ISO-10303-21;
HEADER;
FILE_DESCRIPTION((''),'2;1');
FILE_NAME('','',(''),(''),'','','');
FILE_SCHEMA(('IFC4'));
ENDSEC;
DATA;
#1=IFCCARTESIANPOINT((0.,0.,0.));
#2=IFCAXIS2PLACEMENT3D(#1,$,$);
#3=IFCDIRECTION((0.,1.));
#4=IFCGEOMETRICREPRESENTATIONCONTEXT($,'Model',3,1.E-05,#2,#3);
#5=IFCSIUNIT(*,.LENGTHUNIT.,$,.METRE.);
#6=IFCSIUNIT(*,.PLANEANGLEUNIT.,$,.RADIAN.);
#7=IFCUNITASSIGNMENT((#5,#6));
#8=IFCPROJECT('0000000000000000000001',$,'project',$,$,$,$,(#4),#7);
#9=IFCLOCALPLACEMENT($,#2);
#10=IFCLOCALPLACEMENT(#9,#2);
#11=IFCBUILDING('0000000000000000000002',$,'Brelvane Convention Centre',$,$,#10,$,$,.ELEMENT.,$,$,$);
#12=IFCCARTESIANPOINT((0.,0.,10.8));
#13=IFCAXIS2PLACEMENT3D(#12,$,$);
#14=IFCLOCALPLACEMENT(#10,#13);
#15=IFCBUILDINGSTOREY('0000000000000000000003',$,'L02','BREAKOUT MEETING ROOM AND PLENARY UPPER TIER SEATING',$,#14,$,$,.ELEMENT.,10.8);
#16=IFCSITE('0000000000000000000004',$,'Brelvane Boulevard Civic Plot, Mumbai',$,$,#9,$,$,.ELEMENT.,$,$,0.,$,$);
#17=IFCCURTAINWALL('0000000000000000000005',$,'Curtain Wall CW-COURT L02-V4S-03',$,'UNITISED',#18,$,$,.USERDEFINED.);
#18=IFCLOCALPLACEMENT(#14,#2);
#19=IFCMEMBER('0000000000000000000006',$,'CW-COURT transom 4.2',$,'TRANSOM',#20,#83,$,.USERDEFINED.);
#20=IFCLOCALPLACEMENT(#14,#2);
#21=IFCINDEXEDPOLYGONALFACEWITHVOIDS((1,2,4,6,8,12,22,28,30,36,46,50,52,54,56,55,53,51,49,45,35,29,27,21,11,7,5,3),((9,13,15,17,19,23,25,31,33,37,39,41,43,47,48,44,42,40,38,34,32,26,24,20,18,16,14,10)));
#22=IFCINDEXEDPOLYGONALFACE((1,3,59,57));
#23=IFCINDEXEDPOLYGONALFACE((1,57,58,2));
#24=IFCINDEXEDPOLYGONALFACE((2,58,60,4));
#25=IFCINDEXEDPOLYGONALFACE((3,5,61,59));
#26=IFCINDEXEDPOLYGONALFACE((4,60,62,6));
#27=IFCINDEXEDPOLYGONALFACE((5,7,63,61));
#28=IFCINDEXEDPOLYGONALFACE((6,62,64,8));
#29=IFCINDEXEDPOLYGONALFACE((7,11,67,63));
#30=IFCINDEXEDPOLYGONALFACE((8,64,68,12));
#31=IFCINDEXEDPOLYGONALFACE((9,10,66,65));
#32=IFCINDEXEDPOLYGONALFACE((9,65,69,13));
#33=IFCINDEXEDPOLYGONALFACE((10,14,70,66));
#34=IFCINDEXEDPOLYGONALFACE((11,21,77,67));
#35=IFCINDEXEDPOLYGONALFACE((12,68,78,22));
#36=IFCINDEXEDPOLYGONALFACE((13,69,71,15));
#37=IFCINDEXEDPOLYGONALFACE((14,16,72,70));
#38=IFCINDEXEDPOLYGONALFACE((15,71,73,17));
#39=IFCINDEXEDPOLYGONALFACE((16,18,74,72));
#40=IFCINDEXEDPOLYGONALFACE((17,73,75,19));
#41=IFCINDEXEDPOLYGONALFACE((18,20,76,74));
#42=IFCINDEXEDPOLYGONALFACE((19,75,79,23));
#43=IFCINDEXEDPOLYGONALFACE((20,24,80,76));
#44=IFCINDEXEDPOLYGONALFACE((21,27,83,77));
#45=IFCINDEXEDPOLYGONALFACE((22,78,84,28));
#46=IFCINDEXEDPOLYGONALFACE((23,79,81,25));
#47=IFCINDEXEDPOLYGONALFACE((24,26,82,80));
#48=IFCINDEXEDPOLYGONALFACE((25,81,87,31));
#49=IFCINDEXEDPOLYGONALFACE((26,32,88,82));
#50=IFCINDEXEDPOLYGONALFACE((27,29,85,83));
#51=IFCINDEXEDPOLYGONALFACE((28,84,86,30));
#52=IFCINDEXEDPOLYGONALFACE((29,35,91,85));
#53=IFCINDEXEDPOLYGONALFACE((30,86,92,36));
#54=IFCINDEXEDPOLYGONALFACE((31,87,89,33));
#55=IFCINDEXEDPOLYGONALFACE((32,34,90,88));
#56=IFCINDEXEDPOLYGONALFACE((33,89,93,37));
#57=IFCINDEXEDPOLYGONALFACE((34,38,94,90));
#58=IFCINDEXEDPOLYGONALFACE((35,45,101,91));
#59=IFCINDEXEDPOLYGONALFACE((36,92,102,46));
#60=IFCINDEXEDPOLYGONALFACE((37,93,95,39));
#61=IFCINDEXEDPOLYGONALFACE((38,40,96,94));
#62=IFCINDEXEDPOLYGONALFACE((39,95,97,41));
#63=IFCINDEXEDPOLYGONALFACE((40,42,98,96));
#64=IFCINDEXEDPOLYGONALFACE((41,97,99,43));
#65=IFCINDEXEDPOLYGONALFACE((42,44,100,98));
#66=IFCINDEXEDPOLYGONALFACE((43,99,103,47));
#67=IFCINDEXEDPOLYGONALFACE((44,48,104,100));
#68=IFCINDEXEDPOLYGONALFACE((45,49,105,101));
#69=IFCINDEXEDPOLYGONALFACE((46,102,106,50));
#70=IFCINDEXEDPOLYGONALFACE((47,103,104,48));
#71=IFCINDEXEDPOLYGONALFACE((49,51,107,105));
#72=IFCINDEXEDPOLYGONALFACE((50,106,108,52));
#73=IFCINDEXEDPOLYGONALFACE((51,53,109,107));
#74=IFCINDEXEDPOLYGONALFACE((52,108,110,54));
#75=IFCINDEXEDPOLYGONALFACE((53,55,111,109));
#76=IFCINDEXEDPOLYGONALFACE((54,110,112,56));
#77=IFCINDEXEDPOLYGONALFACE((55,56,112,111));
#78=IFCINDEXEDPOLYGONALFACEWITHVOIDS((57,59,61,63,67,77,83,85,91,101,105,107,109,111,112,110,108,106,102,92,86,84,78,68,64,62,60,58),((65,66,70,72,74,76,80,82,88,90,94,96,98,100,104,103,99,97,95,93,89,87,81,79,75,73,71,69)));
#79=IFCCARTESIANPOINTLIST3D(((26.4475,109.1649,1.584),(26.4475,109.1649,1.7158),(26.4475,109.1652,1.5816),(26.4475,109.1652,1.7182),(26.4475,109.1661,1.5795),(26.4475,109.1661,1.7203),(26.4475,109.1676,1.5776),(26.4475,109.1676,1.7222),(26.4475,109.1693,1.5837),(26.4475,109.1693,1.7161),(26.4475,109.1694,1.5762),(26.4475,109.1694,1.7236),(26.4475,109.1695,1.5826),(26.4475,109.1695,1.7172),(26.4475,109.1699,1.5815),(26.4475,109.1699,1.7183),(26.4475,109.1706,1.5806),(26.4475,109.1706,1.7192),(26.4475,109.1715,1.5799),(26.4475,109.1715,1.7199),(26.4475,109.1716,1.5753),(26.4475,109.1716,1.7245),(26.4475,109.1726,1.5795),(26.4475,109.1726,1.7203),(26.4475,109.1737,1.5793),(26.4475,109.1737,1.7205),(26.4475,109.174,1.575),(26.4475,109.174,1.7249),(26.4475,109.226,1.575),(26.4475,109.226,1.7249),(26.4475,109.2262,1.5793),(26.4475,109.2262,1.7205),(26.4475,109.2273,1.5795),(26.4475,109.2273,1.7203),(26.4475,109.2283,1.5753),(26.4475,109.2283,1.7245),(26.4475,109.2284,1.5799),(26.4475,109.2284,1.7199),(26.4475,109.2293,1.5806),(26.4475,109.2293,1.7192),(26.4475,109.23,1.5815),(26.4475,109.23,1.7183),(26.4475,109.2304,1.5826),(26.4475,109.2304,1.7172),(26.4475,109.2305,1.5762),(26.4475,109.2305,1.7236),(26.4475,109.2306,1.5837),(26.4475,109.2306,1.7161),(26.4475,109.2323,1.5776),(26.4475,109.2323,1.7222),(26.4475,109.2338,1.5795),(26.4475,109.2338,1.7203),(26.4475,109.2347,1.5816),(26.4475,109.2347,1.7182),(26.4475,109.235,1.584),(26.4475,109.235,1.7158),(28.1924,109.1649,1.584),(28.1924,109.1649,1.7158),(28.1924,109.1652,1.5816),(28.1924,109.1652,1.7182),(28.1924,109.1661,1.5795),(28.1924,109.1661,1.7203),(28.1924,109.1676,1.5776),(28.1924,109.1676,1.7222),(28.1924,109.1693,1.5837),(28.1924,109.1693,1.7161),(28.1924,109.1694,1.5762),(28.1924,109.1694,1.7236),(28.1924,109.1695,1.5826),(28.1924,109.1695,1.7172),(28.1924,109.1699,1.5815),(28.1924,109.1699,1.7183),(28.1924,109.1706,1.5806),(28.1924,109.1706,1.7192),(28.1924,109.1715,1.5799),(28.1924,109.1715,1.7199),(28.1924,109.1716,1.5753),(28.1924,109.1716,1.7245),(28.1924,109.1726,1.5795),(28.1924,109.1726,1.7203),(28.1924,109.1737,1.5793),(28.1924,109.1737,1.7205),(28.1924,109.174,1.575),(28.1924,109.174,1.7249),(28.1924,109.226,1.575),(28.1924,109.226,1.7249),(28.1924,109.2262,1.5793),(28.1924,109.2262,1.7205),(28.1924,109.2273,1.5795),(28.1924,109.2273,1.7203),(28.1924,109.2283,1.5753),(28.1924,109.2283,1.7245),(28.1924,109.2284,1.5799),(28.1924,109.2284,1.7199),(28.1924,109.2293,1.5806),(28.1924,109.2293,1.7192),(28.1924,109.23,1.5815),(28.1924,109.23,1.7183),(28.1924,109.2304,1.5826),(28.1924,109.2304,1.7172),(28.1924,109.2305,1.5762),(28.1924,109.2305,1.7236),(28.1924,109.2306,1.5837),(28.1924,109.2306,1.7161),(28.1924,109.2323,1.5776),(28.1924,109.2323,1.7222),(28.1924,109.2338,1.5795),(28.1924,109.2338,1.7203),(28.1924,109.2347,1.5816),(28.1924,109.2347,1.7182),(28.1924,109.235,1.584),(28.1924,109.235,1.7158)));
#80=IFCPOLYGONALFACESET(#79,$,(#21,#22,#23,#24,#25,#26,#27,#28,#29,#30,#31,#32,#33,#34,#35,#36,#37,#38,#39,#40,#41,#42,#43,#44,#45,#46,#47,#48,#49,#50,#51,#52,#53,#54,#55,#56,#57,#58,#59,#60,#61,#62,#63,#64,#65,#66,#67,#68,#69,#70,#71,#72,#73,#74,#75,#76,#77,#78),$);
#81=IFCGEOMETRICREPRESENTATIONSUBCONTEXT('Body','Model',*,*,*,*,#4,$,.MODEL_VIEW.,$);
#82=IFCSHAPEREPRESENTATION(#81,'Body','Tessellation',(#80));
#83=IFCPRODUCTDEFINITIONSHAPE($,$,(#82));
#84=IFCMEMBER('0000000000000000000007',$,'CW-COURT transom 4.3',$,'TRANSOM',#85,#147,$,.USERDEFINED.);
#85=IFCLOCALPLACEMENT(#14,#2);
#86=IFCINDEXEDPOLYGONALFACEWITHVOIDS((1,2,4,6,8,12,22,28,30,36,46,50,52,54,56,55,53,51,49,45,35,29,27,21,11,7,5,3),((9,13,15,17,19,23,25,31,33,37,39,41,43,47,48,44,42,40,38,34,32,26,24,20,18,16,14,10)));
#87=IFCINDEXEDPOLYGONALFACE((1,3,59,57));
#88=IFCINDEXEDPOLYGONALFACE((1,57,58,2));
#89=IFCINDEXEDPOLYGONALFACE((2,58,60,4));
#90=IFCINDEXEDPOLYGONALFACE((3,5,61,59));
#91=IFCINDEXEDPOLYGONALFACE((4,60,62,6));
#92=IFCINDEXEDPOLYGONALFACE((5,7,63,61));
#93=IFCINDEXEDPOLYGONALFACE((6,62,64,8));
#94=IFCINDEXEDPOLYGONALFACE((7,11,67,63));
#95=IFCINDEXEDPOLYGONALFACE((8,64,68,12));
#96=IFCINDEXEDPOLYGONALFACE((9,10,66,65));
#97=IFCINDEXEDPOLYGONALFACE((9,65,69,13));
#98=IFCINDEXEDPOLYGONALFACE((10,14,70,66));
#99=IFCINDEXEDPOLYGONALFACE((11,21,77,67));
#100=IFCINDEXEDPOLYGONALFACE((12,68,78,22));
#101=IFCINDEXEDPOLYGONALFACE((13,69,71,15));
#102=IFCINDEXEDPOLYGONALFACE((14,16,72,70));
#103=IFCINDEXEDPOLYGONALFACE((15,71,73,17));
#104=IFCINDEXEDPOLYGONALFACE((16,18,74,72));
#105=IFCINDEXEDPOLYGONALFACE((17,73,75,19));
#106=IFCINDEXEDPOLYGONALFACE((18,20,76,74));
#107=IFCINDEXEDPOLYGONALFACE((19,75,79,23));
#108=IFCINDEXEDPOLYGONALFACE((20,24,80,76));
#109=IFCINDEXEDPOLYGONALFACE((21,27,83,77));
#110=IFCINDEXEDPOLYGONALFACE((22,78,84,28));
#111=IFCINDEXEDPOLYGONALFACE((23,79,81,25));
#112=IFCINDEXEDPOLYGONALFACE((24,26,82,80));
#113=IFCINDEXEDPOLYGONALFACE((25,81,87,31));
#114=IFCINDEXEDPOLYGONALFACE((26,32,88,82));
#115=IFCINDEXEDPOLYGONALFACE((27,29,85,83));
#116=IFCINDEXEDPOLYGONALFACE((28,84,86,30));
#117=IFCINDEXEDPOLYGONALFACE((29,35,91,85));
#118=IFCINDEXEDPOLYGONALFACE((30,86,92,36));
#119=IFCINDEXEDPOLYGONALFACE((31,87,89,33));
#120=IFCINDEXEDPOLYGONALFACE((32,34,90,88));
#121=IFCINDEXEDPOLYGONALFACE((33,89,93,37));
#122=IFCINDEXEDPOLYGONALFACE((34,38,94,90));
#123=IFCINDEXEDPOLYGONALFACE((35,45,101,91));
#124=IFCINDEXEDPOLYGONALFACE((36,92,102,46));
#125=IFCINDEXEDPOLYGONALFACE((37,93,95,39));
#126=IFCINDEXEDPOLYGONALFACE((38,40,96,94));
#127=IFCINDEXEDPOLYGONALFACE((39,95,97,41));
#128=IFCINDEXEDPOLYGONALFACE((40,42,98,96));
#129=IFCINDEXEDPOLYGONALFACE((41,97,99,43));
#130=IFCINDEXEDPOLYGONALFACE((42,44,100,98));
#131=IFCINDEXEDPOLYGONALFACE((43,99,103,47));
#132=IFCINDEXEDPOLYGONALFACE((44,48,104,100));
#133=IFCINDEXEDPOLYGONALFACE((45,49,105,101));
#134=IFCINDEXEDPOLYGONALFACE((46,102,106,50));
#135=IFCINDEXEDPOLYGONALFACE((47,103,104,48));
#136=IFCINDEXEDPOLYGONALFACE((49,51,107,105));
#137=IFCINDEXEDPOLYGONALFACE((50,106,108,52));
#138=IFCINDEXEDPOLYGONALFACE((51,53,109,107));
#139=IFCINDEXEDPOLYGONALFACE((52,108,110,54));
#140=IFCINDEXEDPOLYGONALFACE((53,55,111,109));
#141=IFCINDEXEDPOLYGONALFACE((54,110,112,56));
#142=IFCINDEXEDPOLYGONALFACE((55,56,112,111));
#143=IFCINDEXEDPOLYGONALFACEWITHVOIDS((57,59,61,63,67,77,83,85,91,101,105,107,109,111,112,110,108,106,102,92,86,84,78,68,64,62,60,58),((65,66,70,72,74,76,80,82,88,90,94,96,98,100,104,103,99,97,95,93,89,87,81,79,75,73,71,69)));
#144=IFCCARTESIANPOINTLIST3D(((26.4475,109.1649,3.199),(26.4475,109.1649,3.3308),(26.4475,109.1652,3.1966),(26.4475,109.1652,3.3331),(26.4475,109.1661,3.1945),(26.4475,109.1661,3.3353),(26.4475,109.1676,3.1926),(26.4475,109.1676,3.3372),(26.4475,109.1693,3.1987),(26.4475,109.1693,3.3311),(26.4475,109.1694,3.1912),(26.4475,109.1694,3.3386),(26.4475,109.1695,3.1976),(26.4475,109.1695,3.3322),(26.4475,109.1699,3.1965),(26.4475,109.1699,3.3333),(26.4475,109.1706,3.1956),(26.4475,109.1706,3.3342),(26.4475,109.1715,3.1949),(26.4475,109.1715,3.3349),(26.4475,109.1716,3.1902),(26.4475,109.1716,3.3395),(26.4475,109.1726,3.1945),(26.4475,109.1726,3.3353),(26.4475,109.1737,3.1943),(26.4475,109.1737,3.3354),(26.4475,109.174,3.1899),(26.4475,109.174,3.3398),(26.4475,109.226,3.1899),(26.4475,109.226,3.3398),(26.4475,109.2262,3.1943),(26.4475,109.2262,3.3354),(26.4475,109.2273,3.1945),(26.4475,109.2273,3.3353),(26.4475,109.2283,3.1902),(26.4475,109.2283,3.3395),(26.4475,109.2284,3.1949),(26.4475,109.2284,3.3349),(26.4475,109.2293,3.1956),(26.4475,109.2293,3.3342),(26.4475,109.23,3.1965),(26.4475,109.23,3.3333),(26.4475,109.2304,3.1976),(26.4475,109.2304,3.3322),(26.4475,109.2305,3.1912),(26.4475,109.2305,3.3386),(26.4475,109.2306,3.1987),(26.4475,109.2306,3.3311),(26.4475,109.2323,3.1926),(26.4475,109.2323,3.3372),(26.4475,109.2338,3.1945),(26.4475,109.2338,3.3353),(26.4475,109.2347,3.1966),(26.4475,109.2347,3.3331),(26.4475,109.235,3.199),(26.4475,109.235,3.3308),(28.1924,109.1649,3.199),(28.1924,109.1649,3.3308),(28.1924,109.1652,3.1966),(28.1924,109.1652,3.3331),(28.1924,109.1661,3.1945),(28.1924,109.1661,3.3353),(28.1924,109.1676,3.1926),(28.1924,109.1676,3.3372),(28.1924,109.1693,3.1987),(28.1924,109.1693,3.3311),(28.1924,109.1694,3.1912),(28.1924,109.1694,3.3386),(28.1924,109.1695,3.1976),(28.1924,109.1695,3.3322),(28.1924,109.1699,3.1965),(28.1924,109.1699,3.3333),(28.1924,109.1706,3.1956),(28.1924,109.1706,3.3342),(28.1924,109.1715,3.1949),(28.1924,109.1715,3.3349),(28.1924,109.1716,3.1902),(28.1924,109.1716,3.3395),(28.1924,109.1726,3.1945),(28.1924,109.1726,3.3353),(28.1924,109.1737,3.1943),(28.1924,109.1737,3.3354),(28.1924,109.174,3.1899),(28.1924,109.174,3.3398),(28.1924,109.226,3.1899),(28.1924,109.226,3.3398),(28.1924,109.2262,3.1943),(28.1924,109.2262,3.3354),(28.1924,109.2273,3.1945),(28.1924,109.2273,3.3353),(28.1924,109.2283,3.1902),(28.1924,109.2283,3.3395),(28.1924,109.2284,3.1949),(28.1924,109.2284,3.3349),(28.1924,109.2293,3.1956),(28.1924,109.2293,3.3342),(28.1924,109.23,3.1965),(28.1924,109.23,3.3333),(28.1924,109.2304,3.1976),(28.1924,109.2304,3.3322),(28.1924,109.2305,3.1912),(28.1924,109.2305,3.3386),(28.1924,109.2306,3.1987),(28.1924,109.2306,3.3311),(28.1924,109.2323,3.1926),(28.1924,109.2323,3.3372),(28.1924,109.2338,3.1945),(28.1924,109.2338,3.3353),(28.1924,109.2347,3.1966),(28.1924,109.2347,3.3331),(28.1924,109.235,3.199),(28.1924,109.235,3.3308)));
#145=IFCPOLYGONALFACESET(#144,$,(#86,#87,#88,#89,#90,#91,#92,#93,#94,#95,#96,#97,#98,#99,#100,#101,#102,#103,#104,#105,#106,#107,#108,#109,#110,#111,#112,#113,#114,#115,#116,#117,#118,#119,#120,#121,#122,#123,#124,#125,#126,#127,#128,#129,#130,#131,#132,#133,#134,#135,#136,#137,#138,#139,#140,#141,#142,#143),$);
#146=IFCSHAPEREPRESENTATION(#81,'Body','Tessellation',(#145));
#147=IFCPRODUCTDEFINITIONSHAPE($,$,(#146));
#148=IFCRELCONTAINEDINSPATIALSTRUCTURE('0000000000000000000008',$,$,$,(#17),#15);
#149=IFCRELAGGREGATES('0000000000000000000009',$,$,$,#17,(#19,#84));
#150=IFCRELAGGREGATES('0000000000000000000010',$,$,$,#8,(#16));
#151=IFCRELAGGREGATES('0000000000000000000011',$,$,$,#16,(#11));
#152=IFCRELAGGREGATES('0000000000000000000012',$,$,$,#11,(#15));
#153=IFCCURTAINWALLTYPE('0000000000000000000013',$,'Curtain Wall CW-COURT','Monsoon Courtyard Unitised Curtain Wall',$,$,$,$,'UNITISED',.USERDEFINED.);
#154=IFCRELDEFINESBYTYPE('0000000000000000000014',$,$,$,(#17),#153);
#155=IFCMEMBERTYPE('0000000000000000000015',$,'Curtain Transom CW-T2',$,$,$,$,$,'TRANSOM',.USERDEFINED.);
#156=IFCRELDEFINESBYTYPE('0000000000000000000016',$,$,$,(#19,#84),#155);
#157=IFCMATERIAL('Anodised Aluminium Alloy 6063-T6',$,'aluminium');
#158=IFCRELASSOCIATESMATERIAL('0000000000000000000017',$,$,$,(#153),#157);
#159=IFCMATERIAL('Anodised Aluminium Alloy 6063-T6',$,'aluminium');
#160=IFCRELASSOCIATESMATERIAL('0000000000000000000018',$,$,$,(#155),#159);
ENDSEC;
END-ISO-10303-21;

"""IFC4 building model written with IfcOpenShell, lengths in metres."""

from ifc_helpers import new_model, si_unit, direction, frame, origin, origin_2d, place, context, subcontext, project, spatial, hollow_rectangle, extrude, material, material_profile, profile_set, type_object, element, aggregate, save


model = new_model("IFC4")

# Units and contexts
model_context = context("Model", 3, precision=1e-05, world=origin(), true_north=direction((0.0, 1.0)))
body_context = subcontext(model_context, "Body", "Model", "MODEL_VIEW")
ifc_project = project(units=[si_unit("LENGTHUNIT", "METRE"), si_unit("PLANEANGLEUNIT", "RADIAN")], contexts=[model_context])

# Site, building, storey
site_placement = place(None, origin())
site = spatial("IfcSite", under=ifc_project, at=site_placement, Name="Brelvane Boulevard Civic Plot, Mumbai", CompositionType="ELEMENT", RefElevation=0.0)
building_placement = place(site_placement, origin())
building = spatial("IfcBuilding", under=site, at=building_placement, Name="Brelvane Convention Centre", CompositionType="ELEMENT")
storey_placement = place(building_placement, frame((0.0, 0.0, 10.8)))
storey = spatial("IfcBuildingStorey", under=building, at=storey_placement, Name="L02", Description="BREAKOUT MEETING ROOM AND PLENARY UPPER TIER SEATING", CompositionType="ELEMENT", Elevation=10.8)

# Curtain wall, members
ifc_material_1 = material(Name="Anodised Aluminium Alloy 6063-T6", Category="aluminium")
curtain_wall_type = type_object("IfcCurtainWallType", Name="Curtain Wall CW-COURT", Description="Monsoon Courtyard Unitised Curtain Wall", ElementType="UNITISED", PredefinedType="USERDEFINED", material=ifc_material_1)
curtain_wall_placement = place(storey_placement, origin())
curtain_wall = element("IfcCurtainWall", 1, at=curtain_wall_placement, inside=storey, type_object=curtain_wall_type, Name="Curtain Wall CW-COURT L02-V4S-03", ObjectType="UNITISED", PredefinedType="USERDEFINED")
ifc_material_2 = material(Name="Anodised Aluminium Alloy 6063-T6", Category="aluminium")
ifc_material_profile_1 = material_profile(ifc_material_2, hollow_rectangle(XDim=0.0701, YDim=0.1499, WallThickness=0.0044, InnerFilletRadius=0.0044, OuterFilletRadius=0.009, at=origin_2d()), Name="ALU-T 150x70x4.5")
ifc_profile_set_1 = profile_set([ifc_material_profile_1], Name="Anodised Aluminium Alloy 6063-T6")
member_type_1 = type_object("IfcMemberType", Name="Curtain Transom CW-T2", ElementType="TRANSOM", PredefinedType="USERDEFINED", material=ifc_profile_set_1)
member_1_placement = place(storey_placement, frame((26.4475, 109.2, 1.6499), z_axis=(1.0, 0.0, 0.0), x_axis=(0.0, 1.0, 0.0)))
member_1 = element("IfcMember", 2, at=member_1_placement, type_object=member_type_1, Name="CW-COURT transom 4.2", ObjectType="TRANSOM", PredefinedType="USERDEFINED", context=body_context, shape_type="SweptSolid", body=[
    extrude(hollow_rectangle(XDim=0.0701, YDim=0.1499, WallThickness=0.0044, InnerFilletRadius=0.0044, OuterFilletRadius=0.009, at=origin_2d()), origin(), (0.0, 0.0, 1.0), 1.7449),
])
member_2_placement = place(storey_placement, frame((26.4475, 109.2, 3.2649), z_axis=(1.0, 0.0, 0.0), x_axis=(0.0, 1.0, 0.0)))
member_2 = element("IfcMember", 3, at=member_2_placement, type_object=member_type_1, Name="CW-COURT transom 4.3", ObjectType="TRANSOM", PredefinedType="USERDEFINED", context=body_context, shape_type="SweptSolid", body=[
    extrude(hollow_rectangle(XDim=0.0701, YDim=0.1499, WallThickness=0.0044, InnerFilletRadius=0.0044, OuterFilletRadius=0.009, at=origin_2d()), origin(), (0.0, 0.0, 1.0), 1.7449),
])

aggregate(curtain_wall, [member_1, member_2])

save(model, "model.ifc")
